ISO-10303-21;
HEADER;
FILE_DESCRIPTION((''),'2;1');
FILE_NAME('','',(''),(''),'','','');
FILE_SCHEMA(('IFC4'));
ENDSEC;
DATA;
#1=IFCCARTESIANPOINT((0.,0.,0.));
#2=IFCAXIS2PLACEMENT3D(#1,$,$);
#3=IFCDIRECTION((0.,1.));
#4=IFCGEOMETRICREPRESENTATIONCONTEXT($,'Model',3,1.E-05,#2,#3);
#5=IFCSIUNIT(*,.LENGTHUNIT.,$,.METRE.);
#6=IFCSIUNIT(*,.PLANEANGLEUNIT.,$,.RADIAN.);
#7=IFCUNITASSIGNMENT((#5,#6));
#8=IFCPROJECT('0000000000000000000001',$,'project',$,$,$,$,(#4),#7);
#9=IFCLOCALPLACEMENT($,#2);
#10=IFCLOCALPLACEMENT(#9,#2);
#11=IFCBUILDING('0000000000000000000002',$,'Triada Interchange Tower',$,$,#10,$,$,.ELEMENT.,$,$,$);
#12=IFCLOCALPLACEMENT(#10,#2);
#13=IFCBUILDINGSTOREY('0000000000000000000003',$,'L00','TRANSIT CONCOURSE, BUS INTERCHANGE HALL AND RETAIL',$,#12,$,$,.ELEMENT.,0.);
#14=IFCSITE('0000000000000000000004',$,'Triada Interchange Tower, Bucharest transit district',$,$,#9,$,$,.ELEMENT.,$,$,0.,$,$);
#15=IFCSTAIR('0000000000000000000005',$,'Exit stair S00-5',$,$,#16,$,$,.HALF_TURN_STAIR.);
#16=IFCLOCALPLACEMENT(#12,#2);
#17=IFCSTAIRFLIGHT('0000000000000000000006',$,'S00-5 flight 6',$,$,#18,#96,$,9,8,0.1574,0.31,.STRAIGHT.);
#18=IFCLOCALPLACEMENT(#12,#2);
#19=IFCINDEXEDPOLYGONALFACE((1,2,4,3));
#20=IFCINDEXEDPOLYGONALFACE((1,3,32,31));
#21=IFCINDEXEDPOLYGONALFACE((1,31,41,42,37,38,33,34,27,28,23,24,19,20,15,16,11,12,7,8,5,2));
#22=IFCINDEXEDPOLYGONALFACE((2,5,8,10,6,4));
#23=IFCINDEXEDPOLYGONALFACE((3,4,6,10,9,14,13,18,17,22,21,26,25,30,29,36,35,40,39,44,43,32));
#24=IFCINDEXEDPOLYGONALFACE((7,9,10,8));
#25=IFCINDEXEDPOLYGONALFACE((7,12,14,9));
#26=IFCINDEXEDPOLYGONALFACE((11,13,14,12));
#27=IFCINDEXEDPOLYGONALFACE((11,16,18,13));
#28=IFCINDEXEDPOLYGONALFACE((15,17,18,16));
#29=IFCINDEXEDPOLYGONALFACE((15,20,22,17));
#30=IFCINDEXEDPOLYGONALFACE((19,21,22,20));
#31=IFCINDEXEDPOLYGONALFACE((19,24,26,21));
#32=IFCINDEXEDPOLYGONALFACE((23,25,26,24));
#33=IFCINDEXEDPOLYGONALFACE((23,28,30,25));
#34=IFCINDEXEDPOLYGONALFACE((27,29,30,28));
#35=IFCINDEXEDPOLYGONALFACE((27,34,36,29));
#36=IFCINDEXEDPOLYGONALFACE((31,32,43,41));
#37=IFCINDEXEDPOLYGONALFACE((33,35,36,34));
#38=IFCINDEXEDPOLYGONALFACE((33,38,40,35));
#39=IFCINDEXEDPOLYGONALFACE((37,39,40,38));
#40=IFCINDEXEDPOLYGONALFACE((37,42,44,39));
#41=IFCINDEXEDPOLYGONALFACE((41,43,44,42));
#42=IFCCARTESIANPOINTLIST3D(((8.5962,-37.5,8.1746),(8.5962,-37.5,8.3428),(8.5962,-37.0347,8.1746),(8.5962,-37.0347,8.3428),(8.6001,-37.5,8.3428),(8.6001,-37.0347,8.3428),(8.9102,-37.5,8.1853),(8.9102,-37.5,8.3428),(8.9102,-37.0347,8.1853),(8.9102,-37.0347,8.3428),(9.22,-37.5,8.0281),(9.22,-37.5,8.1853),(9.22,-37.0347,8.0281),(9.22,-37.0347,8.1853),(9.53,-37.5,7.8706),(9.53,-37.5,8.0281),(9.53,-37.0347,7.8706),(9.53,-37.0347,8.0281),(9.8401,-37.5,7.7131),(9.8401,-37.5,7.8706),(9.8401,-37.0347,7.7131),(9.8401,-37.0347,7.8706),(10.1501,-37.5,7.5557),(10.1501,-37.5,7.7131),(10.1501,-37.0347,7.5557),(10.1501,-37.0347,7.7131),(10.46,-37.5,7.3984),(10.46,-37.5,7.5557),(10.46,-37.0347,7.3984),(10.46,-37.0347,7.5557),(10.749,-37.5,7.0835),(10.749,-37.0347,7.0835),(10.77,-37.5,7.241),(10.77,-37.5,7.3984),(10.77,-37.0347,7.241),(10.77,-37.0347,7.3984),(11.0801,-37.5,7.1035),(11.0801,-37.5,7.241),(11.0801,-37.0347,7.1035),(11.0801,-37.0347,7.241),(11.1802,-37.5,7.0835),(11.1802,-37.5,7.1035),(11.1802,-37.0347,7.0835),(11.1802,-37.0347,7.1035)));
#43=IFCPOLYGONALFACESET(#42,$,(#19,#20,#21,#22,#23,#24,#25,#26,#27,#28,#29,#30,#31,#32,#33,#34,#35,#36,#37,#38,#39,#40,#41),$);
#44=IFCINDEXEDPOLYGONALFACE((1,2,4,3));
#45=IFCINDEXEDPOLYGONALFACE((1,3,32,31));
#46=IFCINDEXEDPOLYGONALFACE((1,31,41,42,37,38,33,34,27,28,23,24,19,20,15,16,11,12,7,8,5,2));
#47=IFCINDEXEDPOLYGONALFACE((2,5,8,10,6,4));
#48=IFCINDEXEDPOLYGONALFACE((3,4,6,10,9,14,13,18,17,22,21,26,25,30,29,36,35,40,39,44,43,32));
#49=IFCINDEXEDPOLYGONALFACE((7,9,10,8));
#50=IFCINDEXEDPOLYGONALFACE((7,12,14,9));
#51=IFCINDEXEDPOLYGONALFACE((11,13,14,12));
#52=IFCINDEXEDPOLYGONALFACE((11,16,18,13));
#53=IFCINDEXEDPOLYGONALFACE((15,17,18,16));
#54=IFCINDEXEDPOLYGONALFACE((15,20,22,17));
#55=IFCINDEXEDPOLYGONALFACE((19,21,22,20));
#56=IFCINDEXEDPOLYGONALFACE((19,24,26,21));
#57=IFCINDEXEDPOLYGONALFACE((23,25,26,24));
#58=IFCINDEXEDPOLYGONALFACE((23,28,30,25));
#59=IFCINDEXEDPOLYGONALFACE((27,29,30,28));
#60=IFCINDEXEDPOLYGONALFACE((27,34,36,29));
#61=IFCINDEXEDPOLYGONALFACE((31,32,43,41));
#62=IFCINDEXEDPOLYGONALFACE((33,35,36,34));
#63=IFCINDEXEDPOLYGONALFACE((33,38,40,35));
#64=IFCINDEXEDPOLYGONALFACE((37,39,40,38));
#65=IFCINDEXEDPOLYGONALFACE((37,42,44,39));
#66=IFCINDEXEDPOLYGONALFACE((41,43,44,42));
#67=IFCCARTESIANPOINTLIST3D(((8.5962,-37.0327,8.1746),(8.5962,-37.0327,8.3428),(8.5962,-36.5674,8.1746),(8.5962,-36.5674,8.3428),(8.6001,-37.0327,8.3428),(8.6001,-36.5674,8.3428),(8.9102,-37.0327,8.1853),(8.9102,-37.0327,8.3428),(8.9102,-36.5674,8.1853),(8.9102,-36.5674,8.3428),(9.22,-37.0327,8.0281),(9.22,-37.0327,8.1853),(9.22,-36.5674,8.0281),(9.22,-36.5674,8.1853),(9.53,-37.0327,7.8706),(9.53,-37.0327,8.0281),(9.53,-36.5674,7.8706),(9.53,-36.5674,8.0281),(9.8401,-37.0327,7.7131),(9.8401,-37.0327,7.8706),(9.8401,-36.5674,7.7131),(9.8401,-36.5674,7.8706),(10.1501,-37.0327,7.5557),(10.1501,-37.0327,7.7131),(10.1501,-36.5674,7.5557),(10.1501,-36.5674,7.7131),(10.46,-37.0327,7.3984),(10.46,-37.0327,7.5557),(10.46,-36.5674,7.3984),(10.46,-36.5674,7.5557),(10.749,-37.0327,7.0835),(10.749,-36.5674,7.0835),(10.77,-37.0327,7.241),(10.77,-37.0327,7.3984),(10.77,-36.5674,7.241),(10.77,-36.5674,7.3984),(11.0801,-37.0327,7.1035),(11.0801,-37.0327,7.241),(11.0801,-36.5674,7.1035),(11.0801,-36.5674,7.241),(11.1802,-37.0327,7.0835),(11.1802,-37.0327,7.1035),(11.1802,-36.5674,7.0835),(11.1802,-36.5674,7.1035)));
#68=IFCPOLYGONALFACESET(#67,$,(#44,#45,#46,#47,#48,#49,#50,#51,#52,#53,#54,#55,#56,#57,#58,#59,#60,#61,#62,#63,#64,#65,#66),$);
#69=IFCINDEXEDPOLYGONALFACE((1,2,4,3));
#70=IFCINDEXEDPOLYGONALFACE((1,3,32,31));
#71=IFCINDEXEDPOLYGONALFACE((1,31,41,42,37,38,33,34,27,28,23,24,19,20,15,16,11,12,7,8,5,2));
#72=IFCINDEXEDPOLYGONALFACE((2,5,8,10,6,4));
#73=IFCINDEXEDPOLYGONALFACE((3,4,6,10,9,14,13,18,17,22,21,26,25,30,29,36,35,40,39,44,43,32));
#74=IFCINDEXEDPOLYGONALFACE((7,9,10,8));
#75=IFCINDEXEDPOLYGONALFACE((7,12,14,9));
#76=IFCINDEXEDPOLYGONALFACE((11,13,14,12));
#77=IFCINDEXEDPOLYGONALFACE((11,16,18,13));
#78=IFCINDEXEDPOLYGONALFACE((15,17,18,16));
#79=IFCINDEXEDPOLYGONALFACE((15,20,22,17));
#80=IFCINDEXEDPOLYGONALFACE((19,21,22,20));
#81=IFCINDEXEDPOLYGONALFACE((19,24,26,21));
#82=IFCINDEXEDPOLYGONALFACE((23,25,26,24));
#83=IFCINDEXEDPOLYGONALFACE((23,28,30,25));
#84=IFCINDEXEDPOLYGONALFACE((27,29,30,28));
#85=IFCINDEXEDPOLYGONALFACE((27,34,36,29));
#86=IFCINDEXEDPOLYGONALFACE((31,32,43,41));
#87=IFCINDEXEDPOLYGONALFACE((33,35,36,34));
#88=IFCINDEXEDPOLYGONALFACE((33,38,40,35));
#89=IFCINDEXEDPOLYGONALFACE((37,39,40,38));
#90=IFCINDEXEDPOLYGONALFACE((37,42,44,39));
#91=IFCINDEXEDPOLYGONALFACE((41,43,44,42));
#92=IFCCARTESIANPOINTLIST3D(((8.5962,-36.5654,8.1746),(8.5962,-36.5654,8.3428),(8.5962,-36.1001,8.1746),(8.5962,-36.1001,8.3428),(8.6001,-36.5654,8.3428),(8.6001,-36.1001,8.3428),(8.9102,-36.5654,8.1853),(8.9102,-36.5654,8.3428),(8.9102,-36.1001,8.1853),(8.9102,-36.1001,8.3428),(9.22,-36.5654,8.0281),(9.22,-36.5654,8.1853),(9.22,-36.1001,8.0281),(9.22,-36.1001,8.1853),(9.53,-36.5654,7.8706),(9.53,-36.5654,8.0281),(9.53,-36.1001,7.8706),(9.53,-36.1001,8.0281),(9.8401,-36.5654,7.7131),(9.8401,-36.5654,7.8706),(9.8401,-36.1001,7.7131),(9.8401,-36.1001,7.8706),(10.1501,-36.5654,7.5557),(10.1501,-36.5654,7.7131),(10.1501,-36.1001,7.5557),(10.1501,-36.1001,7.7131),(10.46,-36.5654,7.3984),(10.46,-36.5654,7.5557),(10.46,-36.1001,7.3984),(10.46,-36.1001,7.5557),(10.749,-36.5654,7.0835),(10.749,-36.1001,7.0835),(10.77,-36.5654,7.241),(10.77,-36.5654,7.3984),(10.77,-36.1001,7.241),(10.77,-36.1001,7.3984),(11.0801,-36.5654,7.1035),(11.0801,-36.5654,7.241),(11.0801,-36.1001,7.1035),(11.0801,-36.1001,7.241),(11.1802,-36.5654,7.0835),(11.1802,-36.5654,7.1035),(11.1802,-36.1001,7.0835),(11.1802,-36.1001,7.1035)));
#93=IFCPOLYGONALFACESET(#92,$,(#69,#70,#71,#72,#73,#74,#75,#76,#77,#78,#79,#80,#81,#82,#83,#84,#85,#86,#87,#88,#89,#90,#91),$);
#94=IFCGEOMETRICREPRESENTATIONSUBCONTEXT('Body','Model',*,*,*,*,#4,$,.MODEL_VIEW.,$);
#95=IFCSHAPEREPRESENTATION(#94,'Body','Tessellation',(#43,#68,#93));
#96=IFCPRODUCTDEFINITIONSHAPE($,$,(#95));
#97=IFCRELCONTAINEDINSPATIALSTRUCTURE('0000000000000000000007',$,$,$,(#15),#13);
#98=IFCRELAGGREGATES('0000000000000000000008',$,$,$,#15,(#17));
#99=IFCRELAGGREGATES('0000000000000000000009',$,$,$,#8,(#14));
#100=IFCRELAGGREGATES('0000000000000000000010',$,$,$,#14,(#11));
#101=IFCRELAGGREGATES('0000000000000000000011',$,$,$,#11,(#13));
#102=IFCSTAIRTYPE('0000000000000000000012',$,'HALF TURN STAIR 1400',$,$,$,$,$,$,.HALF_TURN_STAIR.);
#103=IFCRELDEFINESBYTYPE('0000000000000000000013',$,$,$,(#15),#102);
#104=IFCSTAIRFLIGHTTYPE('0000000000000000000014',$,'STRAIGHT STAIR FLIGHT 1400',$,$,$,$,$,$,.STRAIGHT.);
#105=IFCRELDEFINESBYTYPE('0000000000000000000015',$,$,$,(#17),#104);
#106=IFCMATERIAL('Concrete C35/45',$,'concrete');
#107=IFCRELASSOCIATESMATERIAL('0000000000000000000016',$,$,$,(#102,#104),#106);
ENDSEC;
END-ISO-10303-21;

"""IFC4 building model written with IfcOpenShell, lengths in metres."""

from ifc_helpers import new_model, si_unit, direction, frame, origin, place, context, subcontext, project, spatial, polyline, outline, extrude, material, type_object, element, aggregate, save


model = new_model("IFC4")

# Units and contexts
model_context = context("Model", 3, precision=1e-05, world=origin(), true_north=direction((0.0, 1.0)))
body_context = subcontext(model_context, "Body", "Model", "MODEL_VIEW")
ifc_project = project(units=[si_unit("LENGTHUNIT", "METRE"), si_unit("PLANEANGLEUNIT", "RADIAN")], contexts=[model_context])

# Site, building, storey
site_placement = place(None, origin())
site = spatial("IfcSite", under=ifc_project, at=site_placement, Name="Triada Interchange Tower, Bucharest transit district", CompositionType="ELEMENT", RefElevation=0.0)
building_placement = place(site_placement, origin())
building = spatial("IfcBuilding", under=site, at=building_placement, Name="Triada Interchange Tower", CompositionType="ELEMENT")
storey_placement = place(building_placement, origin())
storey = spatial("IfcBuildingStorey", under=building, at=storey_placement, Name="L00", Description="TRANSIT CONCOURSE, BUS INTERCHANGE HALL AND RETAIL", CompositionType="ELEMENT", Elevation=0.0)

# Shared definitions
ifc_material_1 = material(Name="Concrete C35/45", Category="concrete")

# Stair, stair flight
stair_type = type_object("IfcStairType", Name="HALF TURN STAIR 1400", PredefinedType="HALF_TURN_STAIR", material=ifc_material_1)
stair_1_placement = place(storey_placement, origin())
stair_1 = element("IfcStair", 1, at=stair_1_placement, inside=storey, type_object=stair_type, Name="Exit stair S00-5", PredefinedType="HALF_TURN_STAIR")
stair_flight_type = type_object("IfcStairFlightType", Name="STRAIGHT STAIR FLIGHT 1400", PredefinedType="STRAIGHT", material=ifc_material_1)
stair_flight_1_placement = place(storey_placement, frame((11.0801, -36.8, 7.0835), z_axis=(0.0, 0.0, 1.0), x_axis=(-1.0, 0.0, 0.0)))
stair_flight_1 = element("IfcStairFlight", 2, at=stair_flight_1_placement, type_object=stair_flight_type, Name="S00-5 flight 6", NumberOfRisers=9, NumberOfTreads=8, PredefinedType="STRAIGHT", RiserHeight=0.1574, TreadLength=0.31, context=body_context, shape_type="SweptSolid", body=[
    extrude(outline(polyline([(-0.1001, 0.0), (-0.1001, 0.02), (0.0, 0.02), (0.0, 0.1575), (0.3101, 0.1575), (0.3101, 0.3149), (0.6201, 0.3149), (0.6201, 0.4722), (0.9299, 0.4722), (0.9299, 0.6296), (1.24, 0.6296), (1.24, 0.7871), (1.55, 0.7871), (1.55, 0.9446), (1.8601, 0.9446), (1.8601, 1.1018), (2.1699, 1.1018), (2.1699, 1.2593), (2.48, 1.2593), (2.4839, 1.2593), (2.4839, 1.4167), (2.4839, 1.0911), (0.3311, 0.0), (-0.1001, 0.0)])), frame((0.0, 0.7, 0.0), z_axis=(0.0, -1.0, 0.0), x_axis=(1.0, 0.0, 0.0)), (0.0, 0.0, 1.0), 0.4653),
    extrude(outline(polyline([(-0.1001, 0.0), (-0.1001, 0.02), (0.0, 0.02), (0.0, 0.1575), (0.3101, 0.1575), (0.3101, 0.3149), (0.6201, 0.3149), (0.6201, 0.4722), (0.9299, 0.4722), (0.9299, 0.6296), (1.24, 0.6296), (1.24, 0.7871), (1.55, 0.7871), (1.55, 0.9446), (1.8601, 0.9446), (1.8601, 1.1018), (2.1699, 1.1018), (2.1699, 1.2593), (2.48, 1.2593), (2.4839, 1.2593), (2.4839, 1.4167), (2.4839, 1.0911), (0.3311, 0.0), (-0.1001, 0.0)])), frame((0.0, 0.2327, 0.0), z_axis=(0.0, -1.0, 0.0), x_axis=(1.0, 0.0, 0.0)), (0.0, 0.0, 1.0), 0.4653),
    extrude(outline(polyline([(-0.1001, 0.0), (-0.1001, 0.02), (0.0, 0.02), (0.0, 0.1575), (0.3101, 0.1575), (0.3101, 0.3149), (0.6201, 0.3149), (0.6201, 0.4722), (0.9299, 0.4722), (0.9299, 0.6296), (1.24, 0.6296), (1.24, 0.7871), (1.55, 0.7871), (1.55, 0.9446), (1.8601, 0.9446), (1.8601, 1.1018), (2.1699, 1.1018), (2.1699, 1.2593), (2.48, 1.2593), (2.4839, 1.2593), (2.4839, 1.4167), (2.4839, 1.0911), (0.3311, 0.0), (-0.1001, 0.0)])), frame((0.0, -0.2346, 0.0), z_axis=(0.0, -1.0, 0.0), x_axis=(1.0, 0.0, 0.0)), (0.0, 0.0, 1.0), 0.4653),
])
aggregate(stair_1, [stair_flight_1])

save(model, "model.ifc")
